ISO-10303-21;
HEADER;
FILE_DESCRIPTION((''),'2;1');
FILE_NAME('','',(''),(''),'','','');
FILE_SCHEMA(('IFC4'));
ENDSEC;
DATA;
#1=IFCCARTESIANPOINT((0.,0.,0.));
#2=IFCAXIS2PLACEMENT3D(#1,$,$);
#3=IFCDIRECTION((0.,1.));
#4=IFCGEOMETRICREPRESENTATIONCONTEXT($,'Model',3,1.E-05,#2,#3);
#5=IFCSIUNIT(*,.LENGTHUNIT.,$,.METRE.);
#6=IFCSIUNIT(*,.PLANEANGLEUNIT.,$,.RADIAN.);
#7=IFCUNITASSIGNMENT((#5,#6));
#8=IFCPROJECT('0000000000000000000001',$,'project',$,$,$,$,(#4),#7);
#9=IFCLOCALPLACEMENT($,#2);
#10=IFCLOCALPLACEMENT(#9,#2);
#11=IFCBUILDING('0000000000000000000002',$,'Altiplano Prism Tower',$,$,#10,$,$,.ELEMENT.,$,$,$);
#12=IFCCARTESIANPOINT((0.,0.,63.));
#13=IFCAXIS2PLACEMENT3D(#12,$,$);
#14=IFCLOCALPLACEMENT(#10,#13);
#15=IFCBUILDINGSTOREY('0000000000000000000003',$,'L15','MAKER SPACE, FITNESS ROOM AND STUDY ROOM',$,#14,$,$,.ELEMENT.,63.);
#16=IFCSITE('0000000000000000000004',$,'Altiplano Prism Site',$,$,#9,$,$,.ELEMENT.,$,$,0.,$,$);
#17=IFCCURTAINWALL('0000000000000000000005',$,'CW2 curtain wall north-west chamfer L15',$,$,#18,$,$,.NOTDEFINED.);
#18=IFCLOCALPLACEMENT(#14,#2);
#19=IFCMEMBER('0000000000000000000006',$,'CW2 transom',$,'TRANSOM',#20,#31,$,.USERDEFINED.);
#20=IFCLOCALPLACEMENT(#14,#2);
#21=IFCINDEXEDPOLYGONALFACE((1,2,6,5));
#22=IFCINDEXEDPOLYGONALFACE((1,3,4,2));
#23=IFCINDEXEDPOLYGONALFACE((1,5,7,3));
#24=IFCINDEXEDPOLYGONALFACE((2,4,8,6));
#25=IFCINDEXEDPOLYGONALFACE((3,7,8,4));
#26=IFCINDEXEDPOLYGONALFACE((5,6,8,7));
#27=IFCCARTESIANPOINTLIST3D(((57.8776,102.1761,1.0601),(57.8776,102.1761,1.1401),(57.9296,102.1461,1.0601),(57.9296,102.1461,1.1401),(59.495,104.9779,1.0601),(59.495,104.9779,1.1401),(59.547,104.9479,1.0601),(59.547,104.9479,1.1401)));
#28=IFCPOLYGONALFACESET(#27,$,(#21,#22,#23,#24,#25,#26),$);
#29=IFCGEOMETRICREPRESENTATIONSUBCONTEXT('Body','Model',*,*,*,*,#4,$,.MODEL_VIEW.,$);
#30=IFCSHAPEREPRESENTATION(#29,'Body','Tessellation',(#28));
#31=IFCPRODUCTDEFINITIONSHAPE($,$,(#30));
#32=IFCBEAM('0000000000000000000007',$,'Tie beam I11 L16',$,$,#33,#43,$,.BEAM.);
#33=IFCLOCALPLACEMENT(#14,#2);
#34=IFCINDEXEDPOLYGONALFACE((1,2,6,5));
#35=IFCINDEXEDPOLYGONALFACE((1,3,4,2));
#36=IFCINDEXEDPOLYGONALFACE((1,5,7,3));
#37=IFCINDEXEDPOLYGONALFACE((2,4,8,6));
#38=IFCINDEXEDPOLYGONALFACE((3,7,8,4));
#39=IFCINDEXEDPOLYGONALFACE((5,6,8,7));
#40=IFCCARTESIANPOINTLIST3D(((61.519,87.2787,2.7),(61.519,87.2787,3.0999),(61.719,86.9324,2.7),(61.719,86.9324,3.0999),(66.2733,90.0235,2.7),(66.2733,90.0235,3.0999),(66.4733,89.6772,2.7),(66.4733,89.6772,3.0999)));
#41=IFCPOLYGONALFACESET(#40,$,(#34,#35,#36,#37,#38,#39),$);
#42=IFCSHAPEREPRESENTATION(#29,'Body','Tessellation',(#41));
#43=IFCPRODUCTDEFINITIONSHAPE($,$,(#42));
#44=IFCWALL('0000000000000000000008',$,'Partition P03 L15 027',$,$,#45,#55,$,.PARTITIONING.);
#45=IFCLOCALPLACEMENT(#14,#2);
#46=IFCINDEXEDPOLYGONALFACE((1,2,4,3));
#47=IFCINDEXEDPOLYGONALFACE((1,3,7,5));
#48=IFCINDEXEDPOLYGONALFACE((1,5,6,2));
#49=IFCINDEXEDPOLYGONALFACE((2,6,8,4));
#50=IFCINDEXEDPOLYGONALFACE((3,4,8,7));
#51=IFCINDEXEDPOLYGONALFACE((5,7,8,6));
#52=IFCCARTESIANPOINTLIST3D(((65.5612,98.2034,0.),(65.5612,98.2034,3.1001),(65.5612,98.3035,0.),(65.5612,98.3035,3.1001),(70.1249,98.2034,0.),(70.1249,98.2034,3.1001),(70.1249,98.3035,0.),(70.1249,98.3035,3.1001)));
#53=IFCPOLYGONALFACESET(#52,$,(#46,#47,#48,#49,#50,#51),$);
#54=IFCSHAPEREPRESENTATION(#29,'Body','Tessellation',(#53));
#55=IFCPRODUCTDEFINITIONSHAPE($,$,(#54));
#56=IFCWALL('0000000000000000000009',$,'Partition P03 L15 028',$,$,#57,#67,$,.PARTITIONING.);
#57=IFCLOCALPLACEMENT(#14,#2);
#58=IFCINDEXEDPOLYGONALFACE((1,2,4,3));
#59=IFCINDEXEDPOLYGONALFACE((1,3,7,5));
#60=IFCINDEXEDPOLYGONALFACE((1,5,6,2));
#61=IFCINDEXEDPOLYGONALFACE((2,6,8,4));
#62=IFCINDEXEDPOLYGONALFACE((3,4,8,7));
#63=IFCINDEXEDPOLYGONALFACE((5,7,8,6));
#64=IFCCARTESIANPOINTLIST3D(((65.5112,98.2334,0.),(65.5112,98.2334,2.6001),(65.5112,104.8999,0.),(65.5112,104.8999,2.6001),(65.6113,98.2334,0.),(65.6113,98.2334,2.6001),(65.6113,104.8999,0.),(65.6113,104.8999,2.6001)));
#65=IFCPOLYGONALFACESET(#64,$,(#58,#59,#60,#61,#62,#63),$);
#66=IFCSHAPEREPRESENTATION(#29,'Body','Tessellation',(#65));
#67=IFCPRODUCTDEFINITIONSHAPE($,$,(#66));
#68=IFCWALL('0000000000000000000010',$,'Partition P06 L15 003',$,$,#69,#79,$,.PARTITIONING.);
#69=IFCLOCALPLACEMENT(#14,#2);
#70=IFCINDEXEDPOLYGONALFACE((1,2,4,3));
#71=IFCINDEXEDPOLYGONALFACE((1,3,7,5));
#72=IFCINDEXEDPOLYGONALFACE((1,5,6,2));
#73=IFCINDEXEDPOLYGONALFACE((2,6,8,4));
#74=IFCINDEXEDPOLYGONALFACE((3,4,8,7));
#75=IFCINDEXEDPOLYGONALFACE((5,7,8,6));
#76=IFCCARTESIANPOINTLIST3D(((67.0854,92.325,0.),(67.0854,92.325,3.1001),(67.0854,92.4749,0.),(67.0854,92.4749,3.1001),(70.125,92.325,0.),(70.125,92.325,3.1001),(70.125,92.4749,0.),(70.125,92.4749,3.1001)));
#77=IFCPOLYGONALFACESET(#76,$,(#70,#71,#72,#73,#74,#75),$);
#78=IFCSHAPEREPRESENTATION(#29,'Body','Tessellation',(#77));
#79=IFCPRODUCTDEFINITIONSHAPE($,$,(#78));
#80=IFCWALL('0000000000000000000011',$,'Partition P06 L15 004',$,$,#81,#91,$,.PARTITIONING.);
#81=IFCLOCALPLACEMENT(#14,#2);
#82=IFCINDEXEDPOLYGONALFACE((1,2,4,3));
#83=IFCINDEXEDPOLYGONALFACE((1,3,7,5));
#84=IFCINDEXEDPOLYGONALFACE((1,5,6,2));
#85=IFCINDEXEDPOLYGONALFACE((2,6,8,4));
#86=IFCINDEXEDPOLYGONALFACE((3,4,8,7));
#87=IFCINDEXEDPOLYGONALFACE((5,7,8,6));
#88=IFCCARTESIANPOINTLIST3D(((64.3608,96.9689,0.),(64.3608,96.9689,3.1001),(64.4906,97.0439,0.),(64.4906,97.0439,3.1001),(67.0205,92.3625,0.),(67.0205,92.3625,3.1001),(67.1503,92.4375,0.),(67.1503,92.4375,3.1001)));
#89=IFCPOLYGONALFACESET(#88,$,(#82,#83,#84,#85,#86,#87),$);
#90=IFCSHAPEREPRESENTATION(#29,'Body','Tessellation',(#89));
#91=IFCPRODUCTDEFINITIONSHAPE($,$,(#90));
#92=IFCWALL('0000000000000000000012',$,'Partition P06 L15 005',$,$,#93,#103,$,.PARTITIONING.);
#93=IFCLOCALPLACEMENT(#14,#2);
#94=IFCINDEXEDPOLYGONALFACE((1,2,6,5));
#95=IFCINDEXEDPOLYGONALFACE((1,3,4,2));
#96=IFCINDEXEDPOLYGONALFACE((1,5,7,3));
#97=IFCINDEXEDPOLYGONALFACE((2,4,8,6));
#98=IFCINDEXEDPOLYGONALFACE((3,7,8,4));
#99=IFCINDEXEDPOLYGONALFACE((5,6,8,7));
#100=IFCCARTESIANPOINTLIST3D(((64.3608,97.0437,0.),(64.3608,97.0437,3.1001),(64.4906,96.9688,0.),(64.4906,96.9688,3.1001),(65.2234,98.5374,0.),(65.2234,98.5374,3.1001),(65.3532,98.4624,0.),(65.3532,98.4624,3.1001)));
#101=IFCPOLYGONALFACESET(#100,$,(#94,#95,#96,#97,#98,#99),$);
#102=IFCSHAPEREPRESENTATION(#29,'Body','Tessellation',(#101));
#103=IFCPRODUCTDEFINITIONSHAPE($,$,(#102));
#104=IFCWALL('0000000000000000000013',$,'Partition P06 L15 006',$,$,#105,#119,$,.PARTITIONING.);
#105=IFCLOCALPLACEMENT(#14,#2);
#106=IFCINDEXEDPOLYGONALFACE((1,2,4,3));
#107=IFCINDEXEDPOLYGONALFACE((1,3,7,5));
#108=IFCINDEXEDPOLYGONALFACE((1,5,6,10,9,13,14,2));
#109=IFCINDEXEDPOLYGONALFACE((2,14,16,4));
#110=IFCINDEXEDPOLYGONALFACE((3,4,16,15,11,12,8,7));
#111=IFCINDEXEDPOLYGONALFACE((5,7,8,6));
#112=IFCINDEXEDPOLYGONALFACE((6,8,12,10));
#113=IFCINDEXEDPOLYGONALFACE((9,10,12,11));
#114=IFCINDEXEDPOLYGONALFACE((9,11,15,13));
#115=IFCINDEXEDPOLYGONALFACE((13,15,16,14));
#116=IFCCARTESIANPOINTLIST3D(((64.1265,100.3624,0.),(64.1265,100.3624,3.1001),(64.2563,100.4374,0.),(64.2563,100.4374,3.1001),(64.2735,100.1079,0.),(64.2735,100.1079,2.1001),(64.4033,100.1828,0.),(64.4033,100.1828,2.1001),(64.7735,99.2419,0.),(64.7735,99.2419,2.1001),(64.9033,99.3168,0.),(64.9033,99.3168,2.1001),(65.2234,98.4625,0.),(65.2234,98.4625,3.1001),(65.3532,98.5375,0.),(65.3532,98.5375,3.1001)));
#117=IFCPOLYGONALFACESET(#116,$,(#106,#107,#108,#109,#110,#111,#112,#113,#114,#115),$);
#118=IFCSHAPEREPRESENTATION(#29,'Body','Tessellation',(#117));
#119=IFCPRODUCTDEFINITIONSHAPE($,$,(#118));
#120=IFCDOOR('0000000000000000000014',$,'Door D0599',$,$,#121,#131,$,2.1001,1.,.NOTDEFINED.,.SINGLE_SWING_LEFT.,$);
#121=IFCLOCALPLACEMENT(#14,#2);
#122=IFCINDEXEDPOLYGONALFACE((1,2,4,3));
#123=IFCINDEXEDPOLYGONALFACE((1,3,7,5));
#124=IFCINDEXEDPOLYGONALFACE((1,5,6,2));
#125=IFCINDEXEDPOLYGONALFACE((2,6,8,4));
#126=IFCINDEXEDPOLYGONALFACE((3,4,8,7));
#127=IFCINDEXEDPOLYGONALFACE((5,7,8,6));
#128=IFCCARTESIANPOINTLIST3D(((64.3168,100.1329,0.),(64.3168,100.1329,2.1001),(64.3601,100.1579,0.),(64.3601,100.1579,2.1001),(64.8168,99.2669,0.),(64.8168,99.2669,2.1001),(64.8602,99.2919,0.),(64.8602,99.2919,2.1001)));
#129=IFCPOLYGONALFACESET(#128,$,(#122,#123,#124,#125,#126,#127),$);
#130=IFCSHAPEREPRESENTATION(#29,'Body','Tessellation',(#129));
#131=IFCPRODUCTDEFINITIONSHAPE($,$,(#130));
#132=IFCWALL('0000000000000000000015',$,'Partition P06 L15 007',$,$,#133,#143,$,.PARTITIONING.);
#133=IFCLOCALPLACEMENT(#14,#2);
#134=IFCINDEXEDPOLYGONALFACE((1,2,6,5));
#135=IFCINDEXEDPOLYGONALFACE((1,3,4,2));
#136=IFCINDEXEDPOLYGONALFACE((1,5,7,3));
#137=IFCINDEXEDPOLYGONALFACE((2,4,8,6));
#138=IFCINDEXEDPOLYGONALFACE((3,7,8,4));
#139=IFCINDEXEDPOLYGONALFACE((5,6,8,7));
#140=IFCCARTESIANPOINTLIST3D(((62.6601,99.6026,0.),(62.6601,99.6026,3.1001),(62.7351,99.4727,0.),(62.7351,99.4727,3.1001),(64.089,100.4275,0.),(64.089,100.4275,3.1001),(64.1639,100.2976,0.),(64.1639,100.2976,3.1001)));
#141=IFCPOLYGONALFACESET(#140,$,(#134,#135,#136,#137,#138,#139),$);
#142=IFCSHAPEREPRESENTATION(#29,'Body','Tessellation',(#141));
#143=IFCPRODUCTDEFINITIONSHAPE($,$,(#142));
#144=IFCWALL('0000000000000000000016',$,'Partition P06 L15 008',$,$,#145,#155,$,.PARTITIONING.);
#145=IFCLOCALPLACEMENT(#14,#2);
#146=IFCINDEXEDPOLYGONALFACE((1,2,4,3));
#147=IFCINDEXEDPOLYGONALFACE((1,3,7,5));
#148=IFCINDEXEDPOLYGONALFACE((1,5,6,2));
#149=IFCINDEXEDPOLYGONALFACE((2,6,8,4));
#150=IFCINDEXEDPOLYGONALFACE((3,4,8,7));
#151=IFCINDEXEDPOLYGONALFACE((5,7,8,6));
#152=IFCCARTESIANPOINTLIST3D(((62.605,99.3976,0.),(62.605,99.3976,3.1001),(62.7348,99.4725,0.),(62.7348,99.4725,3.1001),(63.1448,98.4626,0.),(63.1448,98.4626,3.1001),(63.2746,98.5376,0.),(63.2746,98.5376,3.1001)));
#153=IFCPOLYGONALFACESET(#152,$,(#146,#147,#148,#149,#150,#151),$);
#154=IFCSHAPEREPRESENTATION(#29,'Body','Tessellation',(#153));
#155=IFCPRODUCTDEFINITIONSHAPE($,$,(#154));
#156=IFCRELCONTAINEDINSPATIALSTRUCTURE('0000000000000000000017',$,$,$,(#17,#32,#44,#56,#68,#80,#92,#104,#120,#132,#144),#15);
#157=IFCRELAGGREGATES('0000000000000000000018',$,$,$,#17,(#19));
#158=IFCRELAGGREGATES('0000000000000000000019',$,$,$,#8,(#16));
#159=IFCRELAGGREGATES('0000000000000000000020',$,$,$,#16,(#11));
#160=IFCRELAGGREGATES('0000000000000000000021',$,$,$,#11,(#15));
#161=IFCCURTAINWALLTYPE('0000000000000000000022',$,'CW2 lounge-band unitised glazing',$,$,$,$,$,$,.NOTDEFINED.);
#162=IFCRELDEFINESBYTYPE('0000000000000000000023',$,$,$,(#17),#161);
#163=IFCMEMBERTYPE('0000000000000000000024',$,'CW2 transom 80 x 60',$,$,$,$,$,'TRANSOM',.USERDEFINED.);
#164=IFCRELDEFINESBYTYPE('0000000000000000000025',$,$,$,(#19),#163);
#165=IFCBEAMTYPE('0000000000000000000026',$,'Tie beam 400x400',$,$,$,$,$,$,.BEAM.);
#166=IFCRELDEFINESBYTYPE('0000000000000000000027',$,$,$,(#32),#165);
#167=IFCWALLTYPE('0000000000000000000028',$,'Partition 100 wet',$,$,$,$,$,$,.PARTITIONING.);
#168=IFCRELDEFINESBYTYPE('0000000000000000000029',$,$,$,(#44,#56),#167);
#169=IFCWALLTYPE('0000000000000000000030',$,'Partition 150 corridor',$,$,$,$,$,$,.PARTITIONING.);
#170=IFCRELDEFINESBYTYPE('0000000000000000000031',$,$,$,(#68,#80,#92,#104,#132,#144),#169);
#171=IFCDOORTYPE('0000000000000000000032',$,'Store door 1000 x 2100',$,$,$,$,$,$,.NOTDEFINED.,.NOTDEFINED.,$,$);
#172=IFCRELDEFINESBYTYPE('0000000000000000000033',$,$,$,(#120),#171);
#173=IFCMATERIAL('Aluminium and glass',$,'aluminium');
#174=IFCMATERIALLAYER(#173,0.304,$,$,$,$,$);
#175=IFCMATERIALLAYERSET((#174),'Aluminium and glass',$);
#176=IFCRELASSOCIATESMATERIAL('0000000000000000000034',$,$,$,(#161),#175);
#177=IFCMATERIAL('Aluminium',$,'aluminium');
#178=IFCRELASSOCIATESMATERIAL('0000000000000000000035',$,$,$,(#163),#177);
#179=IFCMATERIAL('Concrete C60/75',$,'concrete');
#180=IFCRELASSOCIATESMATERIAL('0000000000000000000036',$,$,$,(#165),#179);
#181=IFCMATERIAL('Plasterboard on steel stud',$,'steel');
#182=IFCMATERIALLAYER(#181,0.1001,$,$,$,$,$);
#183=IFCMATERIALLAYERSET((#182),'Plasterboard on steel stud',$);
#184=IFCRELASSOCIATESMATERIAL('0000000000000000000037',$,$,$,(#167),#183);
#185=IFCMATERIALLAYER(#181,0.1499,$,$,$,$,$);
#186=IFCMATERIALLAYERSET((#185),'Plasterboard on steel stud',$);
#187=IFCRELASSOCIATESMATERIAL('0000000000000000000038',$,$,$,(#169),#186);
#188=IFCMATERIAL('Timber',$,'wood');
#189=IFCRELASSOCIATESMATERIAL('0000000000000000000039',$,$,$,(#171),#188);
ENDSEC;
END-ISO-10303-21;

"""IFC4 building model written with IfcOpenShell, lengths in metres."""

from ifc_helpers import new_model, si_unit, direction, frame, frame_2d, origin, origin_2d, place, context, subcontext, project, spatial, rectangle, extrude, material, layer, layer_set, material_profile, profile_set, type_object, element, fill, aggregate, save


model = new_model("IFC4")

# Units and contexts
model_context = context("Model", 3, precision=1e-05, world=origin(), true_north=direction((0.0, 1.0)))
body_context = subcontext(model_context, "Body", "Model", "MODEL_VIEW")
ifc_project = project(units=[si_unit("LENGTHUNIT", "METRE"), si_unit("PLANEANGLEUNIT", "RADIAN")], contexts=[model_context])

# Site, building, storey
site_placement = place(None, origin())
site = spatial("IfcSite", under=ifc_project, at=site_placement, Name="Altiplano Prism Site", CompositionType="ELEMENT", RefElevation=0.0)
building_placement = place(site_placement, origin())
building = spatial("IfcBuilding", under=site, at=building_placement, Name="Altiplano Prism Tower", CompositionType="ELEMENT")
storey_placement = place(building_placement, frame((0.0, 0.0, 63.0)))
storey = spatial("IfcBuildingStorey", under=building, at=storey_placement, Name="L15", Description="MAKER SPACE, FITNESS ROOM AND STUDY ROOM", CompositionType="ELEMENT", Elevation=63.0)

# Curtain wall, member
ifc_material_1 = material(Name="Aluminium and glass", Category="aluminium")
ifc_layer_1 = layer(ifc_material_1, 0.304)
ifc_layer_set_1 = layer_set([ifc_layer_1], Name="Aluminium and glass")
curtain_wall_type = type_object("IfcCurtainWallType", Name="CW2 lounge-band unitised glazing", PredefinedType="NOTDEFINED", material=ifc_layer_set_1)
curtain_wall_placement = place(storey_placement, origin())
curtain_wall = element("IfcCurtainWall", 1, at=curtain_wall_placement, inside=storey, type_object=curtain_wall_type, Name="CW2 curtain wall north-west chamfer L15", PredefinedType="NOTDEFINED")
ifc_material_2 = material(Name="Aluminium", Category="aluminium")
ifc_material_profile_1 = material_profile(ifc_material_2, rectangle(XDim=0.0601, YDim=0.0801, at=origin_2d()), Name="CW2 transom 80 x 60")
ifc_profile_set_1 = profile_set([ifc_material_profile_1], Name="Aluminium")
member_type = type_object("IfcMemberType", Name="CW2 transom 80 x 60", ElementType="TRANSOM", PredefinedType="USERDEFINED", material=ifc_profile_set_1)
member_placement = place(storey_placement, frame((59.521, 104.9629, 1.1001), z_axis=(-0.499962, -0.866047, 0.0), x_axis=(0.866047, -0.499962, 0.0)))
member = element("IfcMember", 2, at=member_placement, type_object=member_type, Name="CW2 transom", ObjectType="TRANSOM", PredefinedType="USERDEFINED", context=body_context, shape_type="SweptSolid", body=[
    extrude(rectangle(XDim=0.0601, YDim=0.0801, at=origin_2d()), origin(), (0.0, 0.0, 1.0), 3.2351),
])
aggregate(curtain_wall, [member])

# Beam
ifc_material_3 = material(Name="Concrete C60/75", Category="concrete")
ifc_material_profile_2 = material_profile(ifc_material_3, rectangle(XDim=0.3999, YDim=0.3999, at=origin_2d()), Name="Tie beam 400x400")
ifc_profile_set_2 = profile_set([ifc_material_profile_2], Name="Concrete C60/75")
beam_type = type_object("IfcBeamType", Name="Tie beam 400x400", PredefinedType="BEAM", material=ifc_profile_set_2)
beam_placement = place(storey_placement, frame((66.3733, 89.8503, 2.8999), z_axis=(-0.866032, -0.499989, 0.0), x_axis=(0.499989, -0.866032, 0.0)))
element("IfcBeam", 3, at=beam_placement, inside=storey, type_object=beam_type, Name="Tie beam I11 L16", PredefinedType="BEAM", context=body_context, shape_type="SweptSolid", body=[
    extrude(rectangle(XDim=0.3999, YDim=0.3999, at=origin_2d()), origin(), (0.0, 0.0, 1.0), 5.4897),
])

# Walls
ifc_material_4 = material(Name="Plasterboard on steel stud", Category="steel")
ifc_layer_2 = layer(ifc_material_4, 0.1001)
ifc_layer_set_2 = layer_set([ifc_layer_2], Name="Plasterboard on steel stud")
wall_type_1 = type_object("IfcWallType", Name="Partition 100 wet", PredefinedType="PARTITIONING", material=ifc_layer_set_2)
wall_1_placement = place(storey_placement, frame((65.5613, 98.2534, 0.0), z_axis=(0.0, 0.0, 1.0), x_axis=(1.0, 0.0, 0.0)))
element("IfcWall", 4, at=wall_1_placement, inside=storey, type_object=wall_type_1, Name="Partition P03 L15 027", PredefinedType="PARTITIONING", context=body_context, shape_type="SweptSolid", body=[
    extrude(rectangle(XDim=4.5637, YDim=0.1001, at=frame_2d((2.2817, 0.0))), origin(), (0.0, 0.0, 1.0), 3.1001),
])
wall_2_placement = place(storey_placement, frame((65.5613, 104.8999, 0.0), z_axis=(0.0, 0.0, 1.0), x_axis=(0.0, -1.0, 0.0)))
element("IfcWall", 5, at=wall_2_placement, inside=storey, type_object=wall_type_1, Name="Partition P03 L15 028", PredefinedType="PARTITIONING", context=body_context, shape_type="SweptSolid", body=[
    extrude(rectangle(XDim=6.6665, YDim=0.1001, at=frame_2d((3.3333, 0.0))), origin(), (0.0, 0.0, 1.0), 2.6001),
])
ifc_layer_3 = layer(ifc_material_4, 0.1499)
ifc_layer_set_3 = layer_set([ifc_layer_3], Name="Plasterboard on steel stud")
wall_type_2 = type_object("IfcWallType", Name="Partition 150 corridor", PredefinedType="PARTITIONING", material=ifc_layer_set_3)
wall_3_placement = place(storey_placement, frame((70.125, 92.3999, 0.0), z_axis=(0.0, 0.0, 1.0), x_axis=(-1.0, 0.0, 0.0)))
element("IfcWall", 6, at=wall_3_placement, inside=storey, type_object=wall_type_2, Name="Partition P06 L15 003", PredefinedType="PARTITIONING", context=body_context, shape_type="SweptSolid", body=[
    extrude(rectangle(XDim=3.0396, YDim=0.1499, at=frame_2d((1.5198, 0.0))), origin(), (0.0, 0.0, 1.0), 3.1001),
])
wall_4_placement = place(storey_placement, frame((67.0854, 92.3999, 0.0), z_axis=(0.0, 0.0, 1.0), x_axis=(-0.500019, 0.866014, 0.0)))
element("IfcWall", 7, at=wall_4_placement, inside=storey, type_object=wall_type_2, Name="Partition P06 L15 004", PredefinedType="PARTITIONING", context=body_context, shape_type="SweptSolid", body=[
    extrude(rectangle(XDim=5.3191, YDim=0.1499, at=frame_2d((2.6597, 0.0))), origin(), (0.0, 0.0, 1.0), 3.1001),
])
wall_5_placement = place(storey_placement, frame((64.4258, 97.0063, 0.0), z_axis=(0.0, 0.0, 1.0), x_axis=(0.500082, 0.865978, 0.0)))
element("IfcWall", 8, at=wall_5_placement, inside=storey, type_object=wall_type_2, Name="Partition P06 L15 005", PredefinedType="PARTITIONING", context=body_context, shape_type="SweptSolid", body=[
    extrude(rectangle(XDim=1.7249, YDim=0.1499, at=frame_2d((0.8623, 0.0))), origin(), (0.0, 0.0, 1.0), 3.1001),
])

# Wall, opening, door
wall_6_placement = place(storey_placement, frame((65.2883, 98.5, 0.0), z_axis=(0.0, 0.0, 1.0), x_axis=(-0.500005, 0.866023, 0.0)))
wall_6 = element("IfcWall", 9, at=wall_6_placement, inside=storey, type_object=wall_type_2, Name="Partition P06 L15 006", PredefinedType="PARTITIONING", context=body_context, shape_type="SweptSolid", body=[
    extrude(rectangle(XDim=2.1938, YDim=0.1499, at=frame_2d((1.0969, 0.0))), origin(), (0.0, 0.0, 1.0), 3.1001),
])
opening_1_placement = place(wall_6_placement, frame((0.8999, 0.0, 0.0)))
opening_1 = element("IfcOpeningElement", 10, at=opening_1_placement, cuts=wall_6, PredefinedType="OPENING", context=body_context, shape_type="SweptSolid", body=[
    extrude(rectangle(XDim=1.0, YDim=2.1001, at=frame_2d((0.5, 1.05))), frame((0.0, 0.0854, 0.0), z_axis=(0.0, -1.0, 0.0), x_axis=(1.0, 0.0, 0.0)), (0.0, 0.0, 1.0), 0.1709),
])
ifc_material_5 = material(Name="Timber", Category="wood")
door_type_1 = type_object("IfcDoorType", Name="Store door 1000 x 2100", OperationType="NOTDEFINED", PredefinedType="NOTDEFINED", material=ifc_material_5)
door_1_placement = place(opening_1_placement, origin())
door_1 = element("IfcDoor", 11, at=door_1_placement, inside=storey, type_object=door_type_1, Name="Door D0599", OperationType="SINGLE_SWING_LEFT", OverallHeight=2.1001, OverallWidth=1.0, PredefinedType="NOTDEFINED", context=body_context, shape_type="SweptSolid", body=[
    extrude(rectangle(XDim=1.0, YDim=2.1001, at=frame_2d((0.5, 1.05))), frame((0.0, 0.0249, 0.0), z_axis=(0.0, -1.0, 0.0), x_axis=(1.0, 0.0, 0.0)), (0.0, 0.0, 1.0), 0.05),
])
fill(opening_1, door_1)

# Walls
wall_7_placement = place(storey_placement, frame((64.1265, 100.3625, 0.0), z_axis=(0.0, 0.0, 1.0), x_axis=(-0.86604, -0.499974, 0.0)))
element("IfcWall", 12, at=wall_7_placement, inside=storey, type_object=wall_type_2, Name="Partition P06 L15 007", PredefinedType="PARTITIONING", context=body_context, shape_type="SweptSolid", body=[
    extrude(rectangle(XDim=1.6499, YDim=0.1499, at=frame_2d((0.825, 0.0))), origin(), (0.0, 0.0, 1.0), 3.1001),
])
wall_8_placement = place(storey_placement, frame((62.6699, 99.4351, 0.0), z_axis=(0.0, 0.0, 1.0), x_axis=(0.499957, -0.86605, 0.0)))
element("IfcWall", 13, at=wall_8_placement, inside=storey, type_object=wall_type_2, Name="Partition P06 L15 008", PredefinedType="PARTITIONING", context=body_context, shape_type="SweptSolid", body=[
    extrude(rectangle(XDim=1.0796, YDim=0.1499, at=frame_2d((0.5398, 0.0))), origin(), (0.0, 0.0, 1.0), 3.1001),
])

save(model, "model.ifc")
